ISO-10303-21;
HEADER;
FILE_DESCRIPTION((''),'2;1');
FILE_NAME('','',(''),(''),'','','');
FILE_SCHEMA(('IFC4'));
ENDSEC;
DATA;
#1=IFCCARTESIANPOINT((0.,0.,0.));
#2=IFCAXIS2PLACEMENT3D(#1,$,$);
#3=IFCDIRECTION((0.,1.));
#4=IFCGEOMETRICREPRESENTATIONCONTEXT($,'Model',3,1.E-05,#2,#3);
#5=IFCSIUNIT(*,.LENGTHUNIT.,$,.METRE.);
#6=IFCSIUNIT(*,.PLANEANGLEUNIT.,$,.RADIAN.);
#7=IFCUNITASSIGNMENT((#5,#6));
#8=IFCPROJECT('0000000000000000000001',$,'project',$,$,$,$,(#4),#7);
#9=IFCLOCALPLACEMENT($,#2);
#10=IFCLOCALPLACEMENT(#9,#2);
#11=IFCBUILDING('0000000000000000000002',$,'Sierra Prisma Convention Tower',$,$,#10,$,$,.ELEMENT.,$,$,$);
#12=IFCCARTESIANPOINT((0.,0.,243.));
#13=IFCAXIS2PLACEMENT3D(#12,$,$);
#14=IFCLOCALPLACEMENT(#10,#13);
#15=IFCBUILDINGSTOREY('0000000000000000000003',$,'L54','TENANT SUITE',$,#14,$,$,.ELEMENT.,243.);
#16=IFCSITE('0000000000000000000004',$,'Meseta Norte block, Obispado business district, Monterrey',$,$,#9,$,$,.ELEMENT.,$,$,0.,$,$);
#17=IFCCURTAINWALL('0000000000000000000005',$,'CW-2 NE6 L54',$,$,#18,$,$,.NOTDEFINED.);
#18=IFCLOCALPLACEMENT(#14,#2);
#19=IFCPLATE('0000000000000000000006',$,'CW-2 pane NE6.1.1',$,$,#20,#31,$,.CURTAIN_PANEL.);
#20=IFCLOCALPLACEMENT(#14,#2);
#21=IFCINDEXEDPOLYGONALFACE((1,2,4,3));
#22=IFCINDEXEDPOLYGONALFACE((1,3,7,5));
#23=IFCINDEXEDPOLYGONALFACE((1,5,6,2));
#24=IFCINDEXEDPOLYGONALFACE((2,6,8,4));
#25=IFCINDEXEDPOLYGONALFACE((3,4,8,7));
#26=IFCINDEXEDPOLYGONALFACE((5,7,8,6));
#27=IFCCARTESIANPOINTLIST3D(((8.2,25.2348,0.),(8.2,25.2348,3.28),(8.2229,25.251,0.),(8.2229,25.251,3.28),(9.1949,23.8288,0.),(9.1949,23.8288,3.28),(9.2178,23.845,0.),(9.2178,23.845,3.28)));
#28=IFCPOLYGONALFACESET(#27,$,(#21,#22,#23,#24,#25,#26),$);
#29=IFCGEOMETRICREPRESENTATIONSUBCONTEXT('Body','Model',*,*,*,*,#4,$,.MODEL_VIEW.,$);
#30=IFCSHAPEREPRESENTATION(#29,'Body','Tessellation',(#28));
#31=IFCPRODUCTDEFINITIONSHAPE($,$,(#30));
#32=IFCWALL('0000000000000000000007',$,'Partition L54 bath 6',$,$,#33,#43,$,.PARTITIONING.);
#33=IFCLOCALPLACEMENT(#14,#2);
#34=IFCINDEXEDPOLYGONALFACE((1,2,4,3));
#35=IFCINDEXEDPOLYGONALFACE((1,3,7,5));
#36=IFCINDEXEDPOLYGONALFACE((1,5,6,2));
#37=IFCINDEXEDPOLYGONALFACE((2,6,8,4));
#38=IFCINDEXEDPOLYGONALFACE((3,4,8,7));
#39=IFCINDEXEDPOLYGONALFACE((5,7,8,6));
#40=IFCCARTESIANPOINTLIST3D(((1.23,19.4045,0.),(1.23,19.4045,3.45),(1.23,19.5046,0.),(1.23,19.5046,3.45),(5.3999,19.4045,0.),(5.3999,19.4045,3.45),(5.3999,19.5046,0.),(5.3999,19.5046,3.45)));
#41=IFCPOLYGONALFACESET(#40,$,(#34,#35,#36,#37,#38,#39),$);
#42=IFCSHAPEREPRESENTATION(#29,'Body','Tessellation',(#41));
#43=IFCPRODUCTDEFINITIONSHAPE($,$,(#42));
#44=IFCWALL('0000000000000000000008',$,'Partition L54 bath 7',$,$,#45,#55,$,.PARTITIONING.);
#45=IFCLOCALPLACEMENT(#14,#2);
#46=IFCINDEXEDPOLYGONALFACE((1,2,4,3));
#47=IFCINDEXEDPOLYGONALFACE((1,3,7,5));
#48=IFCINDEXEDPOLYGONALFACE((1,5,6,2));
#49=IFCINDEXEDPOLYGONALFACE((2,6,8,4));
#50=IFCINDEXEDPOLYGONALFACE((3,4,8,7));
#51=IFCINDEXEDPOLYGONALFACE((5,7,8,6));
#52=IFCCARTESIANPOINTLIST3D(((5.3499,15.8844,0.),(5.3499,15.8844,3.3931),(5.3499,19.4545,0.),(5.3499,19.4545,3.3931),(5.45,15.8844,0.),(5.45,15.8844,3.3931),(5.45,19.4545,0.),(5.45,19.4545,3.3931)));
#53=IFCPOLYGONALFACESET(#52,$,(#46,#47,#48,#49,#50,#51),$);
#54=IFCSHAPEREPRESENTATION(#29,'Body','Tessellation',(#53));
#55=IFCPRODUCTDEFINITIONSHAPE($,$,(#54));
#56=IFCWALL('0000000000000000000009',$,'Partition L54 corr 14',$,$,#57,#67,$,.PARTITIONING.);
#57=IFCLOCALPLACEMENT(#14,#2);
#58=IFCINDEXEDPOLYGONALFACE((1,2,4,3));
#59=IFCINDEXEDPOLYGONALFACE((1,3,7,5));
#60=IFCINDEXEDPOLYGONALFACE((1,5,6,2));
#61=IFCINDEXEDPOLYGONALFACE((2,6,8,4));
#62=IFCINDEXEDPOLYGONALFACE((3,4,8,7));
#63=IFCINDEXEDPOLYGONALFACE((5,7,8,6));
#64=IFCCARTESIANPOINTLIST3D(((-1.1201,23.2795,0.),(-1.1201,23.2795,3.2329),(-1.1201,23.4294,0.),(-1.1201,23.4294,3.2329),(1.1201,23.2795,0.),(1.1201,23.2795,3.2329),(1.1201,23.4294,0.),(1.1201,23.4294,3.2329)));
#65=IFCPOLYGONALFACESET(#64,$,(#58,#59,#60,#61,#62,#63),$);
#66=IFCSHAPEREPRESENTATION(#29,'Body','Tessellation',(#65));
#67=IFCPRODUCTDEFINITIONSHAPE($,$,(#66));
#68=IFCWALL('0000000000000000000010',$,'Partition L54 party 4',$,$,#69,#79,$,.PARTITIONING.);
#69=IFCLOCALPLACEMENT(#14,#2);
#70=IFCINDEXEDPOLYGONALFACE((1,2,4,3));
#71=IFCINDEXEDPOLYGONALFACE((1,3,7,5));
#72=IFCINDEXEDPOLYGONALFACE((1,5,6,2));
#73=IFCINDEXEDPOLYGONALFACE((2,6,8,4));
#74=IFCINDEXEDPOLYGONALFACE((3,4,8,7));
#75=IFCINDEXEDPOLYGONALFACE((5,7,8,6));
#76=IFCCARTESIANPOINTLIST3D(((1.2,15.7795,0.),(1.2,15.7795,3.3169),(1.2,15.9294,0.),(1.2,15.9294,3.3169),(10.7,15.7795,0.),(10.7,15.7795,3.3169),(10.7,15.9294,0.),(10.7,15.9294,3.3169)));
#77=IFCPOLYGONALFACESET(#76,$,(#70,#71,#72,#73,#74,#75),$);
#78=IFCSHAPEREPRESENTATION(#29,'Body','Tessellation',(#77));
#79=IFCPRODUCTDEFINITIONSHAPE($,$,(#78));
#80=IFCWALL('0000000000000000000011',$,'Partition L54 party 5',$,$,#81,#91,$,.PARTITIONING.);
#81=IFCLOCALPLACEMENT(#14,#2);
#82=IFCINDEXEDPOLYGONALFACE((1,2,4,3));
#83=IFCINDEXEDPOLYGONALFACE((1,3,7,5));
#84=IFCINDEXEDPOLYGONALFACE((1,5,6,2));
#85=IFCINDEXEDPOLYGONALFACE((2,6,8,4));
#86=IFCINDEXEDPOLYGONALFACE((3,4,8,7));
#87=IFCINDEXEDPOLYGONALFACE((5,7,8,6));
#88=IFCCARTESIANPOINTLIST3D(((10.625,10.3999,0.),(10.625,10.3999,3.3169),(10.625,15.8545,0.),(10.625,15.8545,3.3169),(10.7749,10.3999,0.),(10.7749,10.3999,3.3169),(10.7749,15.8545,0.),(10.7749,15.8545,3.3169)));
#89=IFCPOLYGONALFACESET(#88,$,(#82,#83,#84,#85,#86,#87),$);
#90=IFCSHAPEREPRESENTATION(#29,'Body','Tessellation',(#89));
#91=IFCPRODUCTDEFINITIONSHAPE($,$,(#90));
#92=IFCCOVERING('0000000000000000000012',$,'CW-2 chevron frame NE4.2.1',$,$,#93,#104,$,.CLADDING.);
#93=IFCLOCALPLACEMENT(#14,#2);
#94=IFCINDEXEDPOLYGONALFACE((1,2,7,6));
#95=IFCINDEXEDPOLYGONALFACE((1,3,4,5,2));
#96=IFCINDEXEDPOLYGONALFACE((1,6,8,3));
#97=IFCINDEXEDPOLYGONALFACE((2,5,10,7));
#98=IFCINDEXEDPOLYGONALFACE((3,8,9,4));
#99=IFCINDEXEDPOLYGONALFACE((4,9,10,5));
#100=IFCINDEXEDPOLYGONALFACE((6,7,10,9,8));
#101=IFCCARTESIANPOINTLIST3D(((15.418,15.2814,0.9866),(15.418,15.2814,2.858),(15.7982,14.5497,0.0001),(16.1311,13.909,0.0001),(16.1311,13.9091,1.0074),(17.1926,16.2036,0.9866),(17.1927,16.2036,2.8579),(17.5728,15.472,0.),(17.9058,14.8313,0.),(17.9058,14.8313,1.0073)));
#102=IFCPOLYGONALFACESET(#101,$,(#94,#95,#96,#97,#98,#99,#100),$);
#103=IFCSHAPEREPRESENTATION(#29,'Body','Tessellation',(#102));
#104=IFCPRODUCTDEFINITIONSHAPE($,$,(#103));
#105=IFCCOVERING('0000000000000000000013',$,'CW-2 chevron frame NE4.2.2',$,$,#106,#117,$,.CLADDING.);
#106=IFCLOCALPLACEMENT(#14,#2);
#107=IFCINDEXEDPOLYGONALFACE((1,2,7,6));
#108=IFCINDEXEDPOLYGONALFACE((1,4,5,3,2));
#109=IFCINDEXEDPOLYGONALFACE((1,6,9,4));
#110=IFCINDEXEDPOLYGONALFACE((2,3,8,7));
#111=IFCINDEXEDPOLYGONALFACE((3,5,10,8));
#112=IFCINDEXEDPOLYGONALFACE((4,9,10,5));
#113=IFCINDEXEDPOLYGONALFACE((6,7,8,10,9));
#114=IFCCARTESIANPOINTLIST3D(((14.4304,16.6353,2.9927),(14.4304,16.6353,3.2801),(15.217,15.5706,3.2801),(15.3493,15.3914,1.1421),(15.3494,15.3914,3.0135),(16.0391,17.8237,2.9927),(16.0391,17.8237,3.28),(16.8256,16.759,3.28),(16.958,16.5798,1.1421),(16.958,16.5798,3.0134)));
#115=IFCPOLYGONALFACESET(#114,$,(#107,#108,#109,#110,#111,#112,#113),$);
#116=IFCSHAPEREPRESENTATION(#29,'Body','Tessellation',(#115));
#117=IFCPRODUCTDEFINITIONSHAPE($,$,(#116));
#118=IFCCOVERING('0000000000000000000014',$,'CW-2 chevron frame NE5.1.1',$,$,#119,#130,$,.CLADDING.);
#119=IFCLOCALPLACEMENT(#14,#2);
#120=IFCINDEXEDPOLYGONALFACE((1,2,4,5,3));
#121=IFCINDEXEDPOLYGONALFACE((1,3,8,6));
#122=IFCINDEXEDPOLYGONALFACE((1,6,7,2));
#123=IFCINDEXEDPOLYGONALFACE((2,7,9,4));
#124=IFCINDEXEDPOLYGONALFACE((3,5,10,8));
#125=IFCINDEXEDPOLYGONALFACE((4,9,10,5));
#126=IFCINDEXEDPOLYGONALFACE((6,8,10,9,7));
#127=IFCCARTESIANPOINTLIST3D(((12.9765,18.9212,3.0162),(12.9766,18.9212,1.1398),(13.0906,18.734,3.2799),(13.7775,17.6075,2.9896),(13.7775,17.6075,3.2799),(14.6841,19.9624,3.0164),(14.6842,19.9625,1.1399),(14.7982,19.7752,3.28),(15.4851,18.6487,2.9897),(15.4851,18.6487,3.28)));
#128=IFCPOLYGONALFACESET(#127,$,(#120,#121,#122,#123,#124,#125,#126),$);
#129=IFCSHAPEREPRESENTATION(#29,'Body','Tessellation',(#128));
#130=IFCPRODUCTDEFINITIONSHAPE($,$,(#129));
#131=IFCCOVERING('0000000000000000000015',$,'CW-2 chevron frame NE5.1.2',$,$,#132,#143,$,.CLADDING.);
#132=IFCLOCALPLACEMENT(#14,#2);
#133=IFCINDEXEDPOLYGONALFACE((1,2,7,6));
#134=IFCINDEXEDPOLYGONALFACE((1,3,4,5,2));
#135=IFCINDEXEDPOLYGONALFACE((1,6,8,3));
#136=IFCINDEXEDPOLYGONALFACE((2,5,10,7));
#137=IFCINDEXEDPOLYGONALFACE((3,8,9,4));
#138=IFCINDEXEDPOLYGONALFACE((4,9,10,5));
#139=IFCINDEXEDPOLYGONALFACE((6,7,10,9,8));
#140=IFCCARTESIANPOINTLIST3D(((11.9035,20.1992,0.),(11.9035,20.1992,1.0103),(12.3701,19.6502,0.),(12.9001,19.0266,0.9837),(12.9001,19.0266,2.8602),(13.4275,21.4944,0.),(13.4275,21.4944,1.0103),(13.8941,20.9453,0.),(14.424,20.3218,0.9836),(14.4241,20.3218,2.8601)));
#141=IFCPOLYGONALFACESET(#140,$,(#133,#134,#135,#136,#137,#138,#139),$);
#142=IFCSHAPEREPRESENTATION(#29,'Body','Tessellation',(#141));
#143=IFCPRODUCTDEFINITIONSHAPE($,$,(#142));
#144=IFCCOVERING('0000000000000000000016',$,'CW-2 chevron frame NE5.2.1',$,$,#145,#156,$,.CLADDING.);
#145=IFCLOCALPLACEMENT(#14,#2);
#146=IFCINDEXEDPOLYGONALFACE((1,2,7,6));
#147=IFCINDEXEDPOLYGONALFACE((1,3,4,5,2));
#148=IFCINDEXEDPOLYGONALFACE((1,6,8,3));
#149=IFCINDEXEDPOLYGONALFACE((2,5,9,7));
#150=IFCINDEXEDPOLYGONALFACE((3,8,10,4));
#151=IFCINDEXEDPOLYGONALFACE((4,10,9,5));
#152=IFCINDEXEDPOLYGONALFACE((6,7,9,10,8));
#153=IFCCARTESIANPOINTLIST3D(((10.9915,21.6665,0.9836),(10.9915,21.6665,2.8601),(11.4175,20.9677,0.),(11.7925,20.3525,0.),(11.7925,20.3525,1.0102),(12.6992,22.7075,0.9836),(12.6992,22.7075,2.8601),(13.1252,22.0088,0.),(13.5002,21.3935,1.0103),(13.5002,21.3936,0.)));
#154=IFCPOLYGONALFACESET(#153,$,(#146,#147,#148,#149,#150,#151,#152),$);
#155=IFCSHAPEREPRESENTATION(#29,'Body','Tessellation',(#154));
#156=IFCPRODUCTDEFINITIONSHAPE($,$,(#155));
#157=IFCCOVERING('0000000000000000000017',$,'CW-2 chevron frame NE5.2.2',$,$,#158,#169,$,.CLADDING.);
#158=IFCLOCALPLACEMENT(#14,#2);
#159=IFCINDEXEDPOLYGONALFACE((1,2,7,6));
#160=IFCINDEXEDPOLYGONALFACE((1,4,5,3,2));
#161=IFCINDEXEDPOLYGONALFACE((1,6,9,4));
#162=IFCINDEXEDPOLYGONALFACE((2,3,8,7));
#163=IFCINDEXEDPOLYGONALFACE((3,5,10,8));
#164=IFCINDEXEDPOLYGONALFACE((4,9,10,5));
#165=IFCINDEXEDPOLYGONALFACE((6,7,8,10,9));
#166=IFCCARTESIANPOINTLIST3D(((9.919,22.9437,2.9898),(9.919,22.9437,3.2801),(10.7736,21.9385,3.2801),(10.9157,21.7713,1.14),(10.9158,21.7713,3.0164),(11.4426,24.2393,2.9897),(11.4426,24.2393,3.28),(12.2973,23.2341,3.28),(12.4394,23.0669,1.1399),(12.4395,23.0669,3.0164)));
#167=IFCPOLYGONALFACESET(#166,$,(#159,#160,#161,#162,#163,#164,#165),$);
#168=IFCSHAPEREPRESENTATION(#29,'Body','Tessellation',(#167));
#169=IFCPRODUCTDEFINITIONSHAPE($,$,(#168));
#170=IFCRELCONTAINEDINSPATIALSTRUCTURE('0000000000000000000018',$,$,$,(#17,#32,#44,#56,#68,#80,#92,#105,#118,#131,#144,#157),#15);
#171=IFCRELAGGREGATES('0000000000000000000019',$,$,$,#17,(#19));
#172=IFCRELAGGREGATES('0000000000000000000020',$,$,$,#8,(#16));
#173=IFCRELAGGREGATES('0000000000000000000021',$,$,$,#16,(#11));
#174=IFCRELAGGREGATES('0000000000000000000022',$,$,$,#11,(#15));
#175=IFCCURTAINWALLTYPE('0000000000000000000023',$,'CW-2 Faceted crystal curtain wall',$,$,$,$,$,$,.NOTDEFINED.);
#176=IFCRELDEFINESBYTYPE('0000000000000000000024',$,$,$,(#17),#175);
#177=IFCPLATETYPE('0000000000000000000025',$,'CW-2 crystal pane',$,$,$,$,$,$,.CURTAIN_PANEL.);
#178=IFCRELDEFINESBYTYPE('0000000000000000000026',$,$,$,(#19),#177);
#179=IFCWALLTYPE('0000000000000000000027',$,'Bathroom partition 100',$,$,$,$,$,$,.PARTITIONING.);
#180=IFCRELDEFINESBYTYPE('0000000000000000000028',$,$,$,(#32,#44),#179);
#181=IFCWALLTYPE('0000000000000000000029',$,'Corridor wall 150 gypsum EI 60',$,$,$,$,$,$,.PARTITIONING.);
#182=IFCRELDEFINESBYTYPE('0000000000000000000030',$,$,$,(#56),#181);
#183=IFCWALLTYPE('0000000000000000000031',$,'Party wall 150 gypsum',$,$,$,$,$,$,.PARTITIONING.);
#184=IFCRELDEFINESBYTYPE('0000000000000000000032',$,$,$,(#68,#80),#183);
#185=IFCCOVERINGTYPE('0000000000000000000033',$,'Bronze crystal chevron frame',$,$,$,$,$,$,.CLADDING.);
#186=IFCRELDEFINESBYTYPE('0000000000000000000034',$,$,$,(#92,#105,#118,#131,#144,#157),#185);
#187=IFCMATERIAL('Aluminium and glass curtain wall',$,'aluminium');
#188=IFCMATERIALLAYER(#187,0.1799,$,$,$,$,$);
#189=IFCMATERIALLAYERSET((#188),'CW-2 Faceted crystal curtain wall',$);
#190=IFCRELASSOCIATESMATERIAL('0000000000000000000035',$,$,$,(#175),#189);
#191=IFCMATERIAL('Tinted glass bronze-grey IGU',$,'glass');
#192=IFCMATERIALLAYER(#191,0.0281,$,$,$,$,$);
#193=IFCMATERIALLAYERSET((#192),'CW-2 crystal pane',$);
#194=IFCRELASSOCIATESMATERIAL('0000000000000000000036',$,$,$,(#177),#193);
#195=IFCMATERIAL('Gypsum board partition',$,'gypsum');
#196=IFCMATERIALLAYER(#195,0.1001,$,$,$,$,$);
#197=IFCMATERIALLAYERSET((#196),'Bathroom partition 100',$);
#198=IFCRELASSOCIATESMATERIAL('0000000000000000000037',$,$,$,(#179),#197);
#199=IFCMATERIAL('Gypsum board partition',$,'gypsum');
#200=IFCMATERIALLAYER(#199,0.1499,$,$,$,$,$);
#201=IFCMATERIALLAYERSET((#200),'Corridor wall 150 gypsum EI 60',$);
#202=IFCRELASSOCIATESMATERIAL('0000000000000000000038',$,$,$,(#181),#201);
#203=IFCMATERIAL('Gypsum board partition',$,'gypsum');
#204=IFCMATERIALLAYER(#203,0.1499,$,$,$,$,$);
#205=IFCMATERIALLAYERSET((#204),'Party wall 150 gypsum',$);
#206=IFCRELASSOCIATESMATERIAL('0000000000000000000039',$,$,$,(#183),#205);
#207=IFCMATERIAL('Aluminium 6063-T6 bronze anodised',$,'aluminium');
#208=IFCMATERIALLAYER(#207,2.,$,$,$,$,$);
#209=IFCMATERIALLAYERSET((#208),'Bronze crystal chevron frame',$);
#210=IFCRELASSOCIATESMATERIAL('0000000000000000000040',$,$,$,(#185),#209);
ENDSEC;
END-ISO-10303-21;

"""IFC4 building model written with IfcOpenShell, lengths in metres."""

from ifc_helpers import new_model, si_unit, direction, frame, frame_2d, origin, place, context, subcontext, project, spatial, polyline, rectangle, outline, extrude, material, layer, layer_set, type_object, element, aggregate, save


model = new_model("IFC4")

# Units and contexts
model_context = context("Model", 3, precision=1e-05, world=origin(), true_north=direction((0.0, 1.0)))
body_context = subcontext(model_context, "Body", "Model", "MODEL_VIEW")
ifc_project = project(units=[si_unit("LENGTHUNIT", "METRE"), si_unit("PLANEANGLEUNIT", "RADIAN")], contexts=[model_context])

# Site, building, storey
site_placement = place(None, origin())
site = spatial("IfcSite", under=ifc_project, at=site_placement, Name="Meseta Norte block, Obispado business district, Monterrey", CompositionType="ELEMENT", RefElevation=0.0)
building_placement = place(site_placement, origin())
building = spatial("IfcBuilding", under=site, at=building_placement, Name="Sierra Prisma Convention Tower", CompositionType="ELEMENT")
storey_placement = place(building_placement, frame((0.0, 0.0, 243.0)))
storey = spatial("IfcBuildingStorey", under=building, at=storey_placement, Name="L54", Description="TENANT SUITE", CompositionType="ELEMENT", Elevation=243.0)

# Shared definitions
ifc_material_1 = material(Name="Aluminium and glass curtain wall", Category="aluminium")
ifc_layer_1 = layer(ifc_material_1, 0.1799)
ifc_layer_set_1 = layer_set([ifc_layer_1], Name="CW-2 Faceted crystal curtain wall")
curtain_wall_type = type_object("IfcCurtainWallType", Name="CW-2 Faceted crystal curtain wall", PredefinedType="NOTDEFINED", material=ifc_layer_set_1)

# Curtain wall
curtain_wall_1_placement = place(storey_placement, origin())
curtain_wall_1 = element("IfcCurtainWall", 1, at=curtain_wall_1_placement, inside=storey, type_object=curtain_wall_type, Name="CW-2 NE6 L54", PredefinedType="NOTDEFINED")

# Plate
ifc_material_2 = material(Name="Tinted glass bronze-grey IGU", Category="glass")
ifc_layer_2 = layer(ifc_material_2, 0.0281)
ifc_layer_set_2 = layer_set([ifc_layer_2], Name="CW-2 crystal pane")
plate_type = type_object("IfcPlateType", Name="CW-2 crystal pane", PredefinedType="CURTAIN_PANEL", material=ifc_layer_set_2)
plate_1_placement = place(storey_placement, frame((9.2178, 23.845, 0.0), z_axis=(0.816311, 0.577612, 0.0), x_axis=(-0.577612, 0.816311, 0.0)))
plate_1 = element("IfcPlate", 2, at=plate_1_placement, type_object=plate_type, Name="CW-2 pane NE6.1.1", PredefinedType="CURTAIN_PANEL", context=body_context, shape_type="SweptSolid", body=[
    extrude(outline(polyline([(0.0, 0.0), (1.7224, 0.0), (1.7224, 3.28), (0.0, 3.28), (0.0, 0.0)])), origin(), (0.0, 0.0, -1.0), 0.0281),
])
aggregate(curtain_wall_1, [plate_1])

# Walls
ifc_material_3 = material(Name="Gypsum board partition", Category="gypsum")
ifc_layer_3 = layer(ifc_material_3, 0.1001)
ifc_layer_set_3 = layer_set([ifc_layer_3], Name="Bathroom partition 100")
wall_type_1 = type_object("IfcWallType", Name="Bathroom partition 100", PredefinedType="PARTITIONING", material=ifc_layer_set_3)
wall_1_placement = place(storey_placement, frame((1.23, 19.4546, 0.0), z_axis=(0.0, 0.0, 1.0), x_axis=(1.0, 0.0, 0.0)))
element("IfcWall", 3, at=wall_1_placement, inside=storey, type_object=wall_type_1, Name="Partition L54 bath 6", PredefinedType="PARTITIONING", context=body_context, shape_type="SweptSolid", body=[
    extrude(rectangle(XDim=4.1699, YDim=0.1001, at=frame_2d((2.085, 0.0))), origin(), (0.0, 0.0, 1.0), 3.45),
])
wall_2_placement = place(storey_placement, frame((5.3999, 19.4546, 0.0), z_axis=(0.0, 0.0, 1.0), x_axis=(0.0, -1.0, 0.0)))
element("IfcWall", 4, at=wall_2_placement, inside=storey, type_object=wall_type_1, Name="Partition L54 bath 7", PredefinedType="PARTITIONING", context=body_context, shape_type="SweptSolid", body=[
    extrude(rectangle(XDim=3.5701, YDim=0.1001, at=frame_2d((1.7852, 0.0))), origin(), (0.0, 0.0, 1.0), 3.3931),
])
ifc_material_4 = material(Name="Gypsum board partition", Category="gypsum")
ifc_layer_4 = layer(ifc_material_4, 0.1499)
ifc_layer_set_4 = layer_set([ifc_layer_4], Name="Corridor wall 150 gypsum EI 60")
wall_type_2 = type_object("IfcWallType", Name="Corridor wall 150 gypsum EI 60", PredefinedType="PARTITIONING", material=ifc_layer_set_4)
wall_3_placement = place(storey_placement, frame((1.1201, 23.3545, 0.0), z_axis=(0.0, 0.0, 1.0), x_axis=(-1.0, 0.0, 0.0)))
element("IfcWall", 5, at=wall_3_placement, inside=storey, type_object=wall_type_2, Name="Partition L54 corr 14", PredefinedType="PARTITIONING", context=body_context, shape_type="SweptSolid", body=[
    extrude(rectangle(XDim=2.2402, YDim=0.1499, at=frame_2d((1.1201, 0.0))), origin(), (0.0, 0.0, 1.0), 3.2329),
])
ifc_material_5 = material(Name="Gypsum board partition", Category="gypsum")
ifc_layer_5 = layer(ifc_material_5, 0.1499)
ifc_layer_set_5 = layer_set([ifc_layer_5], Name="Party wall 150 gypsum")
wall_type_3 = type_object("IfcWallType", Name="Party wall 150 gypsum", PredefinedType="PARTITIONING", material=ifc_layer_set_5)
wall_4_placement = place(storey_placement, frame((1.2, 15.8545, 0.0), z_axis=(0.0, 0.0, 1.0), x_axis=(1.0, 0.0, 0.0)))
element("IfcWall", 6, at=wall_4_placement, inside=storey, type_object=wall_type_3, Name="Partition L54 party 4", PredefinedType="PARTITIONING", context=body_context, shape_type="SweptSolid", body=[
    extrude(rectangle(XDim=9.5, YDim=0.1499, at=frame_2d((4.75, 0.0))), origin(), (0.0, 0.0, 1.0), 3.3169),
])
wall_5_placement = place(storey_placement, frame((10.7, 15.8545, 0.0), z_axis=(0.0, 0.0, 1.0), x_axis=(0.0, -1.0, 0.0)))
element("IfcWall", 7, at=wall_5_placement, inside=storey, type_object=wall_type_3, Name="Partition L54 party 5", PredefinedType="PARTITIONING", context=body_context, shape_type="SweptSolid", body=[
    extrude(rectangle(XDim=5.4546, YDim=0.1499, at=frame_2d((2.7273, 0.0))), origin(), (0.0, 0.0, 1.0), 3.3169),
])

# Coverings
ifc_material_6 = material(Name="Aluminium 6063-T6 bronze anodised", Category="aluminium")
ifc_layer_6 = layer(ifc_material_6, 2.0)
ifc_layer_set_6 = layer_set([ifc_layer_6], Name="Bronze crystal chevron frame")
covering_type = type_object("IfcCoveringType", Name="Bronze crystal chevron frame", PredefinedType="CLADDING", material=ifc_layer_set_6)
covering_1_placement = place(storey_placement, frame((17.9058, 14.8313, 0.0), z_axis=(0.887333, 0.461129, -0.000027), x_axis=(-0.461129, 0.887333, 0.0)))
element("IfcCovering", 8, at=covering_1_placement, inside=storey, type_object=covering_type, Name="CW-2 chevron frame NE4.2.1", PredefinedType="CLADDING", context=body_context, shape_type="SweptSolid", body=[
    extrude(outline(polyline([(0.0, 0.0), (0.722, 0.0), (1.5465, 0.9866), (1.5465, 2.8579), (0.0, 1.0073), (0.0, 0.0)])), origin(), (0.0, 0.0, -1.0), 2.0),
])
covering_2_placement = place(storey_placement, frame((16.0391, 17.8237, 3.28), z_axis=(0.804315, 0.594203, -0.000021), x_axis=(0.594203, -0.804315, 0.0)))
element("IfcCovering", 9, at=covering_2_placement, inside=storey, type_object=covering_type, Name="CW-2 chevron frame NE4.2.2", PredefinedType="CLADDING", context=body_context, shape_type="SweptSolid", body=[
    extrude(outline(polyline([(0.0, 0.0), (1.3238, 0.0), (1.5465, 0.2666), (1.5465, 2.1379), (0.0, 0.2874), (0.0, 0.0)])), origin(), (0.0, 0.0, -1.0), 2.0),
])
covering_3_placement = place(storey_placement, frame((15.4851, 18.6487, 3.28), z_axis=(0.853798, 0.520605, 0.000058), x_axis=(0.00005, 0.00003, -1.0)))
element("IfcCovering", 10, at=covering_3_placement, inside=storey, type_object=covering_type, Name="CW-2 chevron frame NE5.1.1", PredefinedType="CLADDING", context=body_context, shape_type="SweptSolid", body=[
    extrude(outline(polyline([(0.0, 0.0), (0.2903, 0.0), (2.1401, 1.5387), (0.2637, 1.5387), (0.0, 1.3194), (0.0, 0.0)])), origin(), (0.0, 0.0, -1.0), 2.0),
])
covering_4_placement = place(storey_placement, frame((14.4241, 20.3218, 2.8601), z_axis=(0.761991, 0.647587, -0.000022), x_axis=(-0.000017, -0.000014, -1.0)))
element("IfcCovering", 11, at=covering_4_placement, inside=storey, type_object=covering_type, Name="CW-2 chevron frame NE5.1.2", PredefinedType="CLADDING", context=body_context, shape_type="SweptSolid", body=[
    extrude(outline(polyline([(0.0, 0.0), (1.8765, 0.0), (2.8601, 0.8184), (2.8601, 1.5389), (1.8499, 1.5389), (0.0, 0.0)])), origin(), (0.0, 0.0, -1.0), 2.0),
])
covering_5_placement = place(storey_placement, frame((13.5002, 21.3936, 0.0), z_axis=(0.853851, 0.520517, 0.000016), x_axis=(-0.520517, 0.853851, 0.0)))
element("IfcCovering", 12, at=covering_5_placement, inside=storey, type_object=covering_type, Name="CW-2 chevron frame NE5.2.1", PredefinedType="CLADDING", context=body_context, shape_type="SweptSolid", body=[
    extrude(outline(polyline([(0.0, 0.0), (0.7205, 0.0), (1.5389, 0.9836), (1.5389, 2.8601), (0.0, 1.0103), (0.0, 0.0)])), origin(), (0.0, 0.0, -1.0), 2.0),
])
covering_6_placement = place(storey_placement, frame((11.4426, 24.2393, 3.28), z_axis=(0.761834, 0.647773, -0.000034), x_axis=(0.647773, -0.761834, 0.0)))
element("IfcCovering", 13, at=covering_6_placement, inside=storey, type_object=covering_type, Name="CW-2 chevron frame NE5.2.2", PredefinedType="CLADDING", context=body_context, shape_type="SweptSolid", body=[
    extrude(outline(polyline([(0.0, 0.0), (1.3194, 0.0), (1.5389, 0.2637), (1.5389, 2.1401), (0.0, 0.2903), (0.0, 0.0)])), origin(), (0.0, 0.0, -1.0), 2.0),
])

save(model, "model.ifc")
